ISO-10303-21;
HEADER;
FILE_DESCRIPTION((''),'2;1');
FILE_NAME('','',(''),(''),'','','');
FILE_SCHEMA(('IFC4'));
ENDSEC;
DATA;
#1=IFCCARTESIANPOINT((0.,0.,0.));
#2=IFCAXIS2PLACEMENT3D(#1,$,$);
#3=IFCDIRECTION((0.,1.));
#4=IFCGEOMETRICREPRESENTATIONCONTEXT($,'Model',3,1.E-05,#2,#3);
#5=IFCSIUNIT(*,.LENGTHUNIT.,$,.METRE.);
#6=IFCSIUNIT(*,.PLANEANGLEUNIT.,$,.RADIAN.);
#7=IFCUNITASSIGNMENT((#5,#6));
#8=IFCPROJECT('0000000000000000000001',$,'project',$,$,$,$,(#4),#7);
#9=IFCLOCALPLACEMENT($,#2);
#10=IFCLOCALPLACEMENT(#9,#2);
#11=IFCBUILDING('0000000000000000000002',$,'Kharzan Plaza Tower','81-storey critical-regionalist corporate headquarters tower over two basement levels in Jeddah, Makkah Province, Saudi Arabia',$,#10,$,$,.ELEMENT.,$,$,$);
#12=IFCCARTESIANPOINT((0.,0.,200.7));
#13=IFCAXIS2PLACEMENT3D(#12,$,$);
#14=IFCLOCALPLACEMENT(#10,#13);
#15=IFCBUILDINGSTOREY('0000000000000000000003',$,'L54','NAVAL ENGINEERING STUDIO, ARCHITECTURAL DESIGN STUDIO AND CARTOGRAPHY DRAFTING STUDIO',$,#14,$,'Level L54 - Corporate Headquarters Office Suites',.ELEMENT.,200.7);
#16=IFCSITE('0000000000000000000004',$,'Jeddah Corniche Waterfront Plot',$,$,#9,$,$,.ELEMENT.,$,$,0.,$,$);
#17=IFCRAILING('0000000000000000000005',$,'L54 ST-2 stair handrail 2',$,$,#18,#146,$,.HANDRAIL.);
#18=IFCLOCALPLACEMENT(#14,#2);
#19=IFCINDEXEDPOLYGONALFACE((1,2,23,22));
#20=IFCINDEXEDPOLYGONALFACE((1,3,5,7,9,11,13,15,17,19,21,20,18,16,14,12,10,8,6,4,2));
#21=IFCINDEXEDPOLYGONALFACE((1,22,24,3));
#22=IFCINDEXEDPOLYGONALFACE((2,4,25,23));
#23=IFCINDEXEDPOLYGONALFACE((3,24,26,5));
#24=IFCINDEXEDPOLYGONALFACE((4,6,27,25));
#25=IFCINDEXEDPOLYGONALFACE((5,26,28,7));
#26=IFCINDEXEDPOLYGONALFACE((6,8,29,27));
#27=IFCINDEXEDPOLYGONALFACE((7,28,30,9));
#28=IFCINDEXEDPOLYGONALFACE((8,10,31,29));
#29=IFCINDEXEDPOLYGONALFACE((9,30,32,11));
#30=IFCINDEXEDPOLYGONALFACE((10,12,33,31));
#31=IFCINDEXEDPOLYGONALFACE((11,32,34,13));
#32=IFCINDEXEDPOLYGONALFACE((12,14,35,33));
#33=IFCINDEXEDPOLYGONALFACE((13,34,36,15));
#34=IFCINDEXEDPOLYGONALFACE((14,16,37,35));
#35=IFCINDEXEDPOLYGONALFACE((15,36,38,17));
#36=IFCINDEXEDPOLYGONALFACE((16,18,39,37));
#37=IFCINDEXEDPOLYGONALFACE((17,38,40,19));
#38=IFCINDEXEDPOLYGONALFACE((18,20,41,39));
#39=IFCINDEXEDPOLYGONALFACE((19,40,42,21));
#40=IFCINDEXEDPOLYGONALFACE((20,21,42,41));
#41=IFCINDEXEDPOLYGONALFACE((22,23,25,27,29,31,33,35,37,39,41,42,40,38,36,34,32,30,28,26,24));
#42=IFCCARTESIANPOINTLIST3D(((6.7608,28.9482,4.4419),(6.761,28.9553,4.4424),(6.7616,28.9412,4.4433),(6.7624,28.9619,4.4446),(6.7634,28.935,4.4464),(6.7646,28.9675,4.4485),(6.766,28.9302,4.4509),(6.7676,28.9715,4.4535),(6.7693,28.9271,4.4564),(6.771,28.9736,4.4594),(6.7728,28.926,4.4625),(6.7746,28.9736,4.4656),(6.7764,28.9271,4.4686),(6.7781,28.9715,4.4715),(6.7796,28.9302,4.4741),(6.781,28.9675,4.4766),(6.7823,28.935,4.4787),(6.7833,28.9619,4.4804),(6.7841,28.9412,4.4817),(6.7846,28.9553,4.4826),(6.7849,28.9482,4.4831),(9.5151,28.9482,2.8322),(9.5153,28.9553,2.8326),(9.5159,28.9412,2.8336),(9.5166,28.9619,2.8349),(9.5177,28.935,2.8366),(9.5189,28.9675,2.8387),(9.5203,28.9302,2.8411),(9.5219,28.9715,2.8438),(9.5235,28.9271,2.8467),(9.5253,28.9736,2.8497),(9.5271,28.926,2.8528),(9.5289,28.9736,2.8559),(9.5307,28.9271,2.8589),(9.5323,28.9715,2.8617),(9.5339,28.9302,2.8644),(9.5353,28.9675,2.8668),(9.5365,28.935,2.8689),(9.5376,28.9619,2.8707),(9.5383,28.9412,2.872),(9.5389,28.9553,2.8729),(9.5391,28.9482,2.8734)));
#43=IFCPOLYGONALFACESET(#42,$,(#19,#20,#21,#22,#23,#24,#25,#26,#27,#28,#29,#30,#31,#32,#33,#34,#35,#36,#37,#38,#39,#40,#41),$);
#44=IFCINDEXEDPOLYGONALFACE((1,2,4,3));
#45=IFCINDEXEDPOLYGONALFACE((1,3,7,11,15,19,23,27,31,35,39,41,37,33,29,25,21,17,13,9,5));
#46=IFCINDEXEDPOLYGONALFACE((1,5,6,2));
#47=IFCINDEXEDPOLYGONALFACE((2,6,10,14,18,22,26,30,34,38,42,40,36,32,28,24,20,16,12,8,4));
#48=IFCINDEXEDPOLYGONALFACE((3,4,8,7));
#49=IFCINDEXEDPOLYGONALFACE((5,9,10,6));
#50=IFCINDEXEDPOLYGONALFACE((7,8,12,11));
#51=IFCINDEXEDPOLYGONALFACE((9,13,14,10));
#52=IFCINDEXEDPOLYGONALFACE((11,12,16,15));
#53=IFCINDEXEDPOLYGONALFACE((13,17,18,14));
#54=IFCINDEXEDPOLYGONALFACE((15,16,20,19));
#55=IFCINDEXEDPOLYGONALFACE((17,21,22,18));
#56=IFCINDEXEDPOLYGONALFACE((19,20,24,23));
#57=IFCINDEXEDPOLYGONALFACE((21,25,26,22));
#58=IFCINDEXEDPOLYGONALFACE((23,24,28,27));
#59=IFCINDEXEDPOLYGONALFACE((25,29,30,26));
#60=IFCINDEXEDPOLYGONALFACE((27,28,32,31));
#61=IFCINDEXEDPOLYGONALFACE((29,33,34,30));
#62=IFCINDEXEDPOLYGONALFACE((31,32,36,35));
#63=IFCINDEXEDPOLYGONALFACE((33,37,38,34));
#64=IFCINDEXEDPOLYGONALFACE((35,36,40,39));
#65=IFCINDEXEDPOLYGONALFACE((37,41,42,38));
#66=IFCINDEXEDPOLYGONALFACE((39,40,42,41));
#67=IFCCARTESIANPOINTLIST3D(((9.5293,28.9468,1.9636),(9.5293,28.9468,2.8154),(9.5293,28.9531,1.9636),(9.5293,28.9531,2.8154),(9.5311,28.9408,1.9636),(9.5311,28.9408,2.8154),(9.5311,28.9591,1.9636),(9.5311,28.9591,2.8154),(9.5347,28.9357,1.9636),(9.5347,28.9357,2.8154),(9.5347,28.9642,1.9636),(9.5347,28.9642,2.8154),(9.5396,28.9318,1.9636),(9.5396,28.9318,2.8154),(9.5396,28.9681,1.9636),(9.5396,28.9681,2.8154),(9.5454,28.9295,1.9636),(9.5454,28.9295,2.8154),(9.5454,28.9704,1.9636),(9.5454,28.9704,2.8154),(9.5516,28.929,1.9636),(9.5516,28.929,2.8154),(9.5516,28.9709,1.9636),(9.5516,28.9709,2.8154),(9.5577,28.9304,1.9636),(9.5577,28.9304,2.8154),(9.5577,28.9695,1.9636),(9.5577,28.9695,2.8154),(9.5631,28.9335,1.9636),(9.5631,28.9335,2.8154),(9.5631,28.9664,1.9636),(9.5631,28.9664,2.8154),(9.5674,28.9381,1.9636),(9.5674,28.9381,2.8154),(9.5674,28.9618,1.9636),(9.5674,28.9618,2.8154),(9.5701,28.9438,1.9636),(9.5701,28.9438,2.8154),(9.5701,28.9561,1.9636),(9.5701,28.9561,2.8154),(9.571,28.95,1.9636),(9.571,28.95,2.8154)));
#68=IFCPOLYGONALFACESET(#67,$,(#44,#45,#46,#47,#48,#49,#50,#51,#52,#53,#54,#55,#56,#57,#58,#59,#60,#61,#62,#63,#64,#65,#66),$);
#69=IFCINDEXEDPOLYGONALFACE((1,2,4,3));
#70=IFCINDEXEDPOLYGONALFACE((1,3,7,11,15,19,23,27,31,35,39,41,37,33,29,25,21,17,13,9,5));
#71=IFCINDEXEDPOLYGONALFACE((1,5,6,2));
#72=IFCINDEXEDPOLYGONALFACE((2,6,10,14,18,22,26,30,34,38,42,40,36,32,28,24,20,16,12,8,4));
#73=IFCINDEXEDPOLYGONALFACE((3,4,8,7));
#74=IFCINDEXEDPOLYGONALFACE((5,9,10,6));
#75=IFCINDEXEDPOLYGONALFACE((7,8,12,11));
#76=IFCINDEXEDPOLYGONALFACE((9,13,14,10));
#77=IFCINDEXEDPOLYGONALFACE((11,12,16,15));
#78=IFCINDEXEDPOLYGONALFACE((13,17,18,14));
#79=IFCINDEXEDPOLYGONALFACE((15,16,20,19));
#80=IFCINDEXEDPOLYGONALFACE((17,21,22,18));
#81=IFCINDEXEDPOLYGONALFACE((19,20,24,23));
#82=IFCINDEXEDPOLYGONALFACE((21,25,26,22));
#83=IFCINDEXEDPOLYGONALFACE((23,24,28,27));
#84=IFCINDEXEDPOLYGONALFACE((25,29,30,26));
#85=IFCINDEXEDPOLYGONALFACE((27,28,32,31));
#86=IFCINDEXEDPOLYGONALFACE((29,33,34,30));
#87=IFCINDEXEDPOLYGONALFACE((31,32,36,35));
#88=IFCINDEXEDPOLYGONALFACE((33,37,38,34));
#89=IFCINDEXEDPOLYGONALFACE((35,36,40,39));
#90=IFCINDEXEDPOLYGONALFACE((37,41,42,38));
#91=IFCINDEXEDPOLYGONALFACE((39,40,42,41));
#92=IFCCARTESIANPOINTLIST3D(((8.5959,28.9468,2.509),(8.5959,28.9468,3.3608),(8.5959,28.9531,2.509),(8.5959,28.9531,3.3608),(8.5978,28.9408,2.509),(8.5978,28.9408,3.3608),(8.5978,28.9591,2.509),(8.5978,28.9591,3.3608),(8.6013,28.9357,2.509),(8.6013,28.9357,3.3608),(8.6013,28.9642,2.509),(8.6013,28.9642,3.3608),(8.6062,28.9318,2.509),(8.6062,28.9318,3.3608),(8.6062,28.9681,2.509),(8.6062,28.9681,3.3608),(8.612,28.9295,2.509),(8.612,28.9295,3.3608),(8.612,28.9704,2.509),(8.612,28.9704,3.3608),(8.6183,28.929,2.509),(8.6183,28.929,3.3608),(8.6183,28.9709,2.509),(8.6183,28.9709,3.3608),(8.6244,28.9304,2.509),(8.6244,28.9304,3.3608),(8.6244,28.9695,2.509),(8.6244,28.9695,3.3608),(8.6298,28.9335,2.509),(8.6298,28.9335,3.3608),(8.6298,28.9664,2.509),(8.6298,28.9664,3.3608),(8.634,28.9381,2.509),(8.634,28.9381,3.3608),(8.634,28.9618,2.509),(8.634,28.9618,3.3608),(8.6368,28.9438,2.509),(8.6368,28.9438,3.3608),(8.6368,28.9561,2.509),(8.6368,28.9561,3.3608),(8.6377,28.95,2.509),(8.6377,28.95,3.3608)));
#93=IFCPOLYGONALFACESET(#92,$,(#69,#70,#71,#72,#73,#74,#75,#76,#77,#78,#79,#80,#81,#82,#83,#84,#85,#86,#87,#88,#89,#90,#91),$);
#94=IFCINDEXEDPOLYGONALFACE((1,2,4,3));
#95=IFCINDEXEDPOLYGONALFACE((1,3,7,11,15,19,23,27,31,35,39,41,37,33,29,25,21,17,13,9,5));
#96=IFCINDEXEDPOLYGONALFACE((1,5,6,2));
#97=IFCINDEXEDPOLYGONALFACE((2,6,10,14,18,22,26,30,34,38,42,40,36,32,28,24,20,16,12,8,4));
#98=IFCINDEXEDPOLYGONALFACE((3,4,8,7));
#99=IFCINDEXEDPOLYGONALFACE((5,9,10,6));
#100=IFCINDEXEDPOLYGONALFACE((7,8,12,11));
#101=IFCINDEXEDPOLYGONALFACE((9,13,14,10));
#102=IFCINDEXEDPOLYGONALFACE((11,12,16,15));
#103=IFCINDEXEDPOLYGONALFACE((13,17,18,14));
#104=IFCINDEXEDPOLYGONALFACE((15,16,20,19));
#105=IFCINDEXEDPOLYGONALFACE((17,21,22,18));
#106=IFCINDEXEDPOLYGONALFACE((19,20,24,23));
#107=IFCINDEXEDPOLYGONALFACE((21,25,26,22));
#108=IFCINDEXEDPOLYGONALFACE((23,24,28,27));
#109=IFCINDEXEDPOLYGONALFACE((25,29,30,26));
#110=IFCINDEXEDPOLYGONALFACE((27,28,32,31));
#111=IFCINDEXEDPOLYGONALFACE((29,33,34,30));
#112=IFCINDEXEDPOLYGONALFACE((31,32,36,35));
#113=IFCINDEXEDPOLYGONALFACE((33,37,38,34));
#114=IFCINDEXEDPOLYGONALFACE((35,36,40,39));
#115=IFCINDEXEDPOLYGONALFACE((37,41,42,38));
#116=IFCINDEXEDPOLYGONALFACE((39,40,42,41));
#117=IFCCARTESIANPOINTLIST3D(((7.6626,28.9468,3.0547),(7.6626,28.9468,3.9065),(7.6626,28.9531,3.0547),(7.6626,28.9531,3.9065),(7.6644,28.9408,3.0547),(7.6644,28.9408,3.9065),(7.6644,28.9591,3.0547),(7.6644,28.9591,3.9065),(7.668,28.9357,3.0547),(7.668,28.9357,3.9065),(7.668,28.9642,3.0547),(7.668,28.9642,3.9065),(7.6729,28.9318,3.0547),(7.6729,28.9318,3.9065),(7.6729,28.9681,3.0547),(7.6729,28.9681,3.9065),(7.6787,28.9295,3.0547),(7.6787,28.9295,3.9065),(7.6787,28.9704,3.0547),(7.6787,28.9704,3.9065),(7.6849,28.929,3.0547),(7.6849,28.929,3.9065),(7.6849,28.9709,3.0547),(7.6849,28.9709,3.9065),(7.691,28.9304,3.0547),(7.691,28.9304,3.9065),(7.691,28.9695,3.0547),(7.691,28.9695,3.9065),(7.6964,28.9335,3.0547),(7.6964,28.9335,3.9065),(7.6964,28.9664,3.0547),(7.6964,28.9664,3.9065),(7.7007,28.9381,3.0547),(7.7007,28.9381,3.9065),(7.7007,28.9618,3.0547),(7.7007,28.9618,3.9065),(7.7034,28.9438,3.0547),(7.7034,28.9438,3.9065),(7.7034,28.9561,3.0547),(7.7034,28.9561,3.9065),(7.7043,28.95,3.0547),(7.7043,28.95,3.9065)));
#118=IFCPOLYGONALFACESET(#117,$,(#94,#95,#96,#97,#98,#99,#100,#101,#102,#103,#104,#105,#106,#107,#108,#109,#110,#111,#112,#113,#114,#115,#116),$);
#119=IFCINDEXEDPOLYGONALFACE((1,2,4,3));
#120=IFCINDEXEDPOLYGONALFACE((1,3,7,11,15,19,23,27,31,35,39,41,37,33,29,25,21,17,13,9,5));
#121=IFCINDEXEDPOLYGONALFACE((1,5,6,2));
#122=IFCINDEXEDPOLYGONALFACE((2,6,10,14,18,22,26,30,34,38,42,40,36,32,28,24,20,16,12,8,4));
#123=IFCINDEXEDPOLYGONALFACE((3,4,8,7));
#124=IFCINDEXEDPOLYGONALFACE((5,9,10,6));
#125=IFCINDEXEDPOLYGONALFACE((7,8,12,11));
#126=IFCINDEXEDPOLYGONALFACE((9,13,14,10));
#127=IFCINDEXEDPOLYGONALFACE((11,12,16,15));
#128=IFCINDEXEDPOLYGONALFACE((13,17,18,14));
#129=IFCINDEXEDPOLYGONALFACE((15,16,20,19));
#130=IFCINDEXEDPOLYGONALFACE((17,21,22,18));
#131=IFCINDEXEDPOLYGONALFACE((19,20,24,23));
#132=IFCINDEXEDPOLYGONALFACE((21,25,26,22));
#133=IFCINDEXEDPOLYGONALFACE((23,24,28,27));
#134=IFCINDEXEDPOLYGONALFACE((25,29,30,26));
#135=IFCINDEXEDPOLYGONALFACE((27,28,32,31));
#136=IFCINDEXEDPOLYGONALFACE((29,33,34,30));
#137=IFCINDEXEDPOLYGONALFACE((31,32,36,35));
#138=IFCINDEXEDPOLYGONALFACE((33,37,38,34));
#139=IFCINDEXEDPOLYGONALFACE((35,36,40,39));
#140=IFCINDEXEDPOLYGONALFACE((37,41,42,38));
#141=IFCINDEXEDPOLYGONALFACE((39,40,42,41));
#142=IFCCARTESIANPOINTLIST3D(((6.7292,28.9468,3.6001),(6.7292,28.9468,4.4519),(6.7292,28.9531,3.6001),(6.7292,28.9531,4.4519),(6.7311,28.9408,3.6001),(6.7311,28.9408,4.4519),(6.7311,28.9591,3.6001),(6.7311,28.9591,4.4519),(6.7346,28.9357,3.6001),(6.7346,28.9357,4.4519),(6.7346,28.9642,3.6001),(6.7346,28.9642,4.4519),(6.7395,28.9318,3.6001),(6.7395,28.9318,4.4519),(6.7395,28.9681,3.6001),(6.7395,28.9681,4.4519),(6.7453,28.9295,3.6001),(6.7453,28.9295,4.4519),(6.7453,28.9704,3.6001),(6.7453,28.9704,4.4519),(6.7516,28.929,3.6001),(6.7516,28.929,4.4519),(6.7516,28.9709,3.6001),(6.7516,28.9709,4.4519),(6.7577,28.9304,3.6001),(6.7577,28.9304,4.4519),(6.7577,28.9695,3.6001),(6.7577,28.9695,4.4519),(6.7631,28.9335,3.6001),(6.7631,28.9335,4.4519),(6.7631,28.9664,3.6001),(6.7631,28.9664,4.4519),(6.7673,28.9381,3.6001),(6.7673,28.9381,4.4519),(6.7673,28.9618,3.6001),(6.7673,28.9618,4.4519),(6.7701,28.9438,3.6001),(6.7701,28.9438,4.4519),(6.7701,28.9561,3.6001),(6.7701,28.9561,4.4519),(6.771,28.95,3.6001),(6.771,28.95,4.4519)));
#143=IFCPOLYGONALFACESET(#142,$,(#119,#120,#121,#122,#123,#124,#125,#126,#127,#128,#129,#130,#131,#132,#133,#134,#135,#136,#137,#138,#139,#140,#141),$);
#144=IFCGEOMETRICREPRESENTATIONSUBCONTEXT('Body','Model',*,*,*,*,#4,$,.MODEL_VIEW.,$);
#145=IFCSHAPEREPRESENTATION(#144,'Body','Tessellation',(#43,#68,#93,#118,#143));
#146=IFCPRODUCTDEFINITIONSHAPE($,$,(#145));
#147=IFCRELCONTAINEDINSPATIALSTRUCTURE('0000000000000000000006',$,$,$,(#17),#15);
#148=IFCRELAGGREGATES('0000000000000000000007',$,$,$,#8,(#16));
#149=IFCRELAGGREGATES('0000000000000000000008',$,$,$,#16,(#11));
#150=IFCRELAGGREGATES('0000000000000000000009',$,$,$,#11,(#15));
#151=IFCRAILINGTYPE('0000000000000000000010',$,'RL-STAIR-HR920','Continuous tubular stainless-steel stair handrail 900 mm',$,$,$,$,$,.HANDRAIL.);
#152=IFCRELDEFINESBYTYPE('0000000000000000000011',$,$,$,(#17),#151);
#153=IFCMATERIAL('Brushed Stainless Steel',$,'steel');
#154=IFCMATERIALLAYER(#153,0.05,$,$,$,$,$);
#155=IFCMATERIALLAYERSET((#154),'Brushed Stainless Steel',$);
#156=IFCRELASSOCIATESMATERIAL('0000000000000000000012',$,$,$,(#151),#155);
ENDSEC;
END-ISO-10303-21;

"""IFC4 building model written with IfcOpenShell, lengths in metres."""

from ifc_helpers import new_model, si_unit, direction, frame, origin, origin_2d, place, context, subcontext, project, spatial, circle, extrude, source, transform, mapped, material, layer, layer_set, type_object, element, save


model = new_model("IFC4")

# Units and contexts
model_context = context("Model", 3, precision=1e-05, world=origin(), true_north=direction((0.0, 1.0)))
body_context = subcontext(model_context, "Body", "Model", "MODEL_VIEW")
ifc_project = project(units=[si_unit("LENGTHUNIT", "METRE"), si_unit("PLANEANGLEUNIT", "RADIAN")], contexts=[model_context])

# Site, building, storey
site_placement = place(None, origin())
site = spatial("IfcSite", under=ifc_project, at=site_placement, Name="Jeddah Corniche Waterfront Plot", CompositionType="ELEMENT", RefElevation=0.0)
building_placement = place(site_placement, origin())
building = spatial("IfcBuilding", under=site, at=building_placement, Name="Kharzan Plaza Tower", Description="81-storey critical-regionalist corporate headquarters tower over two basement levels in Jeddah, Makkah Province, Saudi Arabia", CompositionType="ELEMENT")
storey_placement = place(building_placement, frame((0.0, 0.0, 200.7)))
storey = spatial("IfcBuildingStorey", under=building, at=storey_placement, Name="L54", Description="NAVAL ENGINEERING STUDIO, ARCHITECTURAL DESIGN STUDIO AND CARTOGRAPHY DRAFTING STUDIO", LongName="Level L54 - Corporate Headquarters Office Suites", CompositionType="ELEMENT", Elevation=200.7)

# Shared definitions
ifc_material_1 = material(Name="Brushed Stainless Steel", Category="steel")

# Railing
ifc_layer_1 = layer(ifc_material_1, 0.05)
ifc_layer_set_1 = layer_set([ifc_layer_1], Name="Brushed Stainless Steel")
railing_type_1 = type_object("IfcRailingType", Name="RL-STAIR-HR920", Description="Continuous tubular stainless-steel stair handrail 900 mm", PredefinedType="HANDRAIL", material=ifc_layer_set_1)
shared_shape_1 = source(origin(), body_context, "Body", "SweptSolid", [
    extrude(circle(Radius=0.0239, at=origin_2d()), frame((-0.0229, 0.0, 0.8892), z_axis=(-0.863361, 0.0, 0.504587), x_axis=(0.0, -1.0, 0.0)), (0.0, 0.0, 1.0), 3.1902),
    extrude(circle(Radius=0.021, at=origin_2d()), origin(), (0.0, 0.0, 1.0), 0.8518),
    extrude(circle(Radius=0.021, at=origin_2d()), frame((-0.9333, 0.0, 0.5454)), (0.0, 0.0, 1.0), 0.8518),
    extrude(circle(Radius=0.021, at=origin_2d()), frame((-1.8667, 0.0, 1.0911)), (0.0, 0.0, 1.0), 0.8518),
    extrude(circle(Radius=0.021, at=origin_2d()), frame((-2.8, 0.0, 1.6365)), (0.0, 0.0, 1.0), 0.8518),
])
railing_1_placement = place(storey_placement, frame((9.55, 28.95, 1.9636)))
element("IfcRailing", 1, at=railing_1_placement, inside=storey, type_object=railing_type_1, Name="L54 ST-2 stair handrail 2", PredefinedType="HANDRAIL", context=body_context, shape_type="MappedRepresentation", body=[
    mapped(shared_shape_1, transform((0.0, 0.0, 0.0), x_axis=(1.0, 0.0, 0.0), y_axis=(0.0, 1.0, 0.0), z_axis=(0.0, 0.0, 1.0))),
])

save(model, "model.ifc")
